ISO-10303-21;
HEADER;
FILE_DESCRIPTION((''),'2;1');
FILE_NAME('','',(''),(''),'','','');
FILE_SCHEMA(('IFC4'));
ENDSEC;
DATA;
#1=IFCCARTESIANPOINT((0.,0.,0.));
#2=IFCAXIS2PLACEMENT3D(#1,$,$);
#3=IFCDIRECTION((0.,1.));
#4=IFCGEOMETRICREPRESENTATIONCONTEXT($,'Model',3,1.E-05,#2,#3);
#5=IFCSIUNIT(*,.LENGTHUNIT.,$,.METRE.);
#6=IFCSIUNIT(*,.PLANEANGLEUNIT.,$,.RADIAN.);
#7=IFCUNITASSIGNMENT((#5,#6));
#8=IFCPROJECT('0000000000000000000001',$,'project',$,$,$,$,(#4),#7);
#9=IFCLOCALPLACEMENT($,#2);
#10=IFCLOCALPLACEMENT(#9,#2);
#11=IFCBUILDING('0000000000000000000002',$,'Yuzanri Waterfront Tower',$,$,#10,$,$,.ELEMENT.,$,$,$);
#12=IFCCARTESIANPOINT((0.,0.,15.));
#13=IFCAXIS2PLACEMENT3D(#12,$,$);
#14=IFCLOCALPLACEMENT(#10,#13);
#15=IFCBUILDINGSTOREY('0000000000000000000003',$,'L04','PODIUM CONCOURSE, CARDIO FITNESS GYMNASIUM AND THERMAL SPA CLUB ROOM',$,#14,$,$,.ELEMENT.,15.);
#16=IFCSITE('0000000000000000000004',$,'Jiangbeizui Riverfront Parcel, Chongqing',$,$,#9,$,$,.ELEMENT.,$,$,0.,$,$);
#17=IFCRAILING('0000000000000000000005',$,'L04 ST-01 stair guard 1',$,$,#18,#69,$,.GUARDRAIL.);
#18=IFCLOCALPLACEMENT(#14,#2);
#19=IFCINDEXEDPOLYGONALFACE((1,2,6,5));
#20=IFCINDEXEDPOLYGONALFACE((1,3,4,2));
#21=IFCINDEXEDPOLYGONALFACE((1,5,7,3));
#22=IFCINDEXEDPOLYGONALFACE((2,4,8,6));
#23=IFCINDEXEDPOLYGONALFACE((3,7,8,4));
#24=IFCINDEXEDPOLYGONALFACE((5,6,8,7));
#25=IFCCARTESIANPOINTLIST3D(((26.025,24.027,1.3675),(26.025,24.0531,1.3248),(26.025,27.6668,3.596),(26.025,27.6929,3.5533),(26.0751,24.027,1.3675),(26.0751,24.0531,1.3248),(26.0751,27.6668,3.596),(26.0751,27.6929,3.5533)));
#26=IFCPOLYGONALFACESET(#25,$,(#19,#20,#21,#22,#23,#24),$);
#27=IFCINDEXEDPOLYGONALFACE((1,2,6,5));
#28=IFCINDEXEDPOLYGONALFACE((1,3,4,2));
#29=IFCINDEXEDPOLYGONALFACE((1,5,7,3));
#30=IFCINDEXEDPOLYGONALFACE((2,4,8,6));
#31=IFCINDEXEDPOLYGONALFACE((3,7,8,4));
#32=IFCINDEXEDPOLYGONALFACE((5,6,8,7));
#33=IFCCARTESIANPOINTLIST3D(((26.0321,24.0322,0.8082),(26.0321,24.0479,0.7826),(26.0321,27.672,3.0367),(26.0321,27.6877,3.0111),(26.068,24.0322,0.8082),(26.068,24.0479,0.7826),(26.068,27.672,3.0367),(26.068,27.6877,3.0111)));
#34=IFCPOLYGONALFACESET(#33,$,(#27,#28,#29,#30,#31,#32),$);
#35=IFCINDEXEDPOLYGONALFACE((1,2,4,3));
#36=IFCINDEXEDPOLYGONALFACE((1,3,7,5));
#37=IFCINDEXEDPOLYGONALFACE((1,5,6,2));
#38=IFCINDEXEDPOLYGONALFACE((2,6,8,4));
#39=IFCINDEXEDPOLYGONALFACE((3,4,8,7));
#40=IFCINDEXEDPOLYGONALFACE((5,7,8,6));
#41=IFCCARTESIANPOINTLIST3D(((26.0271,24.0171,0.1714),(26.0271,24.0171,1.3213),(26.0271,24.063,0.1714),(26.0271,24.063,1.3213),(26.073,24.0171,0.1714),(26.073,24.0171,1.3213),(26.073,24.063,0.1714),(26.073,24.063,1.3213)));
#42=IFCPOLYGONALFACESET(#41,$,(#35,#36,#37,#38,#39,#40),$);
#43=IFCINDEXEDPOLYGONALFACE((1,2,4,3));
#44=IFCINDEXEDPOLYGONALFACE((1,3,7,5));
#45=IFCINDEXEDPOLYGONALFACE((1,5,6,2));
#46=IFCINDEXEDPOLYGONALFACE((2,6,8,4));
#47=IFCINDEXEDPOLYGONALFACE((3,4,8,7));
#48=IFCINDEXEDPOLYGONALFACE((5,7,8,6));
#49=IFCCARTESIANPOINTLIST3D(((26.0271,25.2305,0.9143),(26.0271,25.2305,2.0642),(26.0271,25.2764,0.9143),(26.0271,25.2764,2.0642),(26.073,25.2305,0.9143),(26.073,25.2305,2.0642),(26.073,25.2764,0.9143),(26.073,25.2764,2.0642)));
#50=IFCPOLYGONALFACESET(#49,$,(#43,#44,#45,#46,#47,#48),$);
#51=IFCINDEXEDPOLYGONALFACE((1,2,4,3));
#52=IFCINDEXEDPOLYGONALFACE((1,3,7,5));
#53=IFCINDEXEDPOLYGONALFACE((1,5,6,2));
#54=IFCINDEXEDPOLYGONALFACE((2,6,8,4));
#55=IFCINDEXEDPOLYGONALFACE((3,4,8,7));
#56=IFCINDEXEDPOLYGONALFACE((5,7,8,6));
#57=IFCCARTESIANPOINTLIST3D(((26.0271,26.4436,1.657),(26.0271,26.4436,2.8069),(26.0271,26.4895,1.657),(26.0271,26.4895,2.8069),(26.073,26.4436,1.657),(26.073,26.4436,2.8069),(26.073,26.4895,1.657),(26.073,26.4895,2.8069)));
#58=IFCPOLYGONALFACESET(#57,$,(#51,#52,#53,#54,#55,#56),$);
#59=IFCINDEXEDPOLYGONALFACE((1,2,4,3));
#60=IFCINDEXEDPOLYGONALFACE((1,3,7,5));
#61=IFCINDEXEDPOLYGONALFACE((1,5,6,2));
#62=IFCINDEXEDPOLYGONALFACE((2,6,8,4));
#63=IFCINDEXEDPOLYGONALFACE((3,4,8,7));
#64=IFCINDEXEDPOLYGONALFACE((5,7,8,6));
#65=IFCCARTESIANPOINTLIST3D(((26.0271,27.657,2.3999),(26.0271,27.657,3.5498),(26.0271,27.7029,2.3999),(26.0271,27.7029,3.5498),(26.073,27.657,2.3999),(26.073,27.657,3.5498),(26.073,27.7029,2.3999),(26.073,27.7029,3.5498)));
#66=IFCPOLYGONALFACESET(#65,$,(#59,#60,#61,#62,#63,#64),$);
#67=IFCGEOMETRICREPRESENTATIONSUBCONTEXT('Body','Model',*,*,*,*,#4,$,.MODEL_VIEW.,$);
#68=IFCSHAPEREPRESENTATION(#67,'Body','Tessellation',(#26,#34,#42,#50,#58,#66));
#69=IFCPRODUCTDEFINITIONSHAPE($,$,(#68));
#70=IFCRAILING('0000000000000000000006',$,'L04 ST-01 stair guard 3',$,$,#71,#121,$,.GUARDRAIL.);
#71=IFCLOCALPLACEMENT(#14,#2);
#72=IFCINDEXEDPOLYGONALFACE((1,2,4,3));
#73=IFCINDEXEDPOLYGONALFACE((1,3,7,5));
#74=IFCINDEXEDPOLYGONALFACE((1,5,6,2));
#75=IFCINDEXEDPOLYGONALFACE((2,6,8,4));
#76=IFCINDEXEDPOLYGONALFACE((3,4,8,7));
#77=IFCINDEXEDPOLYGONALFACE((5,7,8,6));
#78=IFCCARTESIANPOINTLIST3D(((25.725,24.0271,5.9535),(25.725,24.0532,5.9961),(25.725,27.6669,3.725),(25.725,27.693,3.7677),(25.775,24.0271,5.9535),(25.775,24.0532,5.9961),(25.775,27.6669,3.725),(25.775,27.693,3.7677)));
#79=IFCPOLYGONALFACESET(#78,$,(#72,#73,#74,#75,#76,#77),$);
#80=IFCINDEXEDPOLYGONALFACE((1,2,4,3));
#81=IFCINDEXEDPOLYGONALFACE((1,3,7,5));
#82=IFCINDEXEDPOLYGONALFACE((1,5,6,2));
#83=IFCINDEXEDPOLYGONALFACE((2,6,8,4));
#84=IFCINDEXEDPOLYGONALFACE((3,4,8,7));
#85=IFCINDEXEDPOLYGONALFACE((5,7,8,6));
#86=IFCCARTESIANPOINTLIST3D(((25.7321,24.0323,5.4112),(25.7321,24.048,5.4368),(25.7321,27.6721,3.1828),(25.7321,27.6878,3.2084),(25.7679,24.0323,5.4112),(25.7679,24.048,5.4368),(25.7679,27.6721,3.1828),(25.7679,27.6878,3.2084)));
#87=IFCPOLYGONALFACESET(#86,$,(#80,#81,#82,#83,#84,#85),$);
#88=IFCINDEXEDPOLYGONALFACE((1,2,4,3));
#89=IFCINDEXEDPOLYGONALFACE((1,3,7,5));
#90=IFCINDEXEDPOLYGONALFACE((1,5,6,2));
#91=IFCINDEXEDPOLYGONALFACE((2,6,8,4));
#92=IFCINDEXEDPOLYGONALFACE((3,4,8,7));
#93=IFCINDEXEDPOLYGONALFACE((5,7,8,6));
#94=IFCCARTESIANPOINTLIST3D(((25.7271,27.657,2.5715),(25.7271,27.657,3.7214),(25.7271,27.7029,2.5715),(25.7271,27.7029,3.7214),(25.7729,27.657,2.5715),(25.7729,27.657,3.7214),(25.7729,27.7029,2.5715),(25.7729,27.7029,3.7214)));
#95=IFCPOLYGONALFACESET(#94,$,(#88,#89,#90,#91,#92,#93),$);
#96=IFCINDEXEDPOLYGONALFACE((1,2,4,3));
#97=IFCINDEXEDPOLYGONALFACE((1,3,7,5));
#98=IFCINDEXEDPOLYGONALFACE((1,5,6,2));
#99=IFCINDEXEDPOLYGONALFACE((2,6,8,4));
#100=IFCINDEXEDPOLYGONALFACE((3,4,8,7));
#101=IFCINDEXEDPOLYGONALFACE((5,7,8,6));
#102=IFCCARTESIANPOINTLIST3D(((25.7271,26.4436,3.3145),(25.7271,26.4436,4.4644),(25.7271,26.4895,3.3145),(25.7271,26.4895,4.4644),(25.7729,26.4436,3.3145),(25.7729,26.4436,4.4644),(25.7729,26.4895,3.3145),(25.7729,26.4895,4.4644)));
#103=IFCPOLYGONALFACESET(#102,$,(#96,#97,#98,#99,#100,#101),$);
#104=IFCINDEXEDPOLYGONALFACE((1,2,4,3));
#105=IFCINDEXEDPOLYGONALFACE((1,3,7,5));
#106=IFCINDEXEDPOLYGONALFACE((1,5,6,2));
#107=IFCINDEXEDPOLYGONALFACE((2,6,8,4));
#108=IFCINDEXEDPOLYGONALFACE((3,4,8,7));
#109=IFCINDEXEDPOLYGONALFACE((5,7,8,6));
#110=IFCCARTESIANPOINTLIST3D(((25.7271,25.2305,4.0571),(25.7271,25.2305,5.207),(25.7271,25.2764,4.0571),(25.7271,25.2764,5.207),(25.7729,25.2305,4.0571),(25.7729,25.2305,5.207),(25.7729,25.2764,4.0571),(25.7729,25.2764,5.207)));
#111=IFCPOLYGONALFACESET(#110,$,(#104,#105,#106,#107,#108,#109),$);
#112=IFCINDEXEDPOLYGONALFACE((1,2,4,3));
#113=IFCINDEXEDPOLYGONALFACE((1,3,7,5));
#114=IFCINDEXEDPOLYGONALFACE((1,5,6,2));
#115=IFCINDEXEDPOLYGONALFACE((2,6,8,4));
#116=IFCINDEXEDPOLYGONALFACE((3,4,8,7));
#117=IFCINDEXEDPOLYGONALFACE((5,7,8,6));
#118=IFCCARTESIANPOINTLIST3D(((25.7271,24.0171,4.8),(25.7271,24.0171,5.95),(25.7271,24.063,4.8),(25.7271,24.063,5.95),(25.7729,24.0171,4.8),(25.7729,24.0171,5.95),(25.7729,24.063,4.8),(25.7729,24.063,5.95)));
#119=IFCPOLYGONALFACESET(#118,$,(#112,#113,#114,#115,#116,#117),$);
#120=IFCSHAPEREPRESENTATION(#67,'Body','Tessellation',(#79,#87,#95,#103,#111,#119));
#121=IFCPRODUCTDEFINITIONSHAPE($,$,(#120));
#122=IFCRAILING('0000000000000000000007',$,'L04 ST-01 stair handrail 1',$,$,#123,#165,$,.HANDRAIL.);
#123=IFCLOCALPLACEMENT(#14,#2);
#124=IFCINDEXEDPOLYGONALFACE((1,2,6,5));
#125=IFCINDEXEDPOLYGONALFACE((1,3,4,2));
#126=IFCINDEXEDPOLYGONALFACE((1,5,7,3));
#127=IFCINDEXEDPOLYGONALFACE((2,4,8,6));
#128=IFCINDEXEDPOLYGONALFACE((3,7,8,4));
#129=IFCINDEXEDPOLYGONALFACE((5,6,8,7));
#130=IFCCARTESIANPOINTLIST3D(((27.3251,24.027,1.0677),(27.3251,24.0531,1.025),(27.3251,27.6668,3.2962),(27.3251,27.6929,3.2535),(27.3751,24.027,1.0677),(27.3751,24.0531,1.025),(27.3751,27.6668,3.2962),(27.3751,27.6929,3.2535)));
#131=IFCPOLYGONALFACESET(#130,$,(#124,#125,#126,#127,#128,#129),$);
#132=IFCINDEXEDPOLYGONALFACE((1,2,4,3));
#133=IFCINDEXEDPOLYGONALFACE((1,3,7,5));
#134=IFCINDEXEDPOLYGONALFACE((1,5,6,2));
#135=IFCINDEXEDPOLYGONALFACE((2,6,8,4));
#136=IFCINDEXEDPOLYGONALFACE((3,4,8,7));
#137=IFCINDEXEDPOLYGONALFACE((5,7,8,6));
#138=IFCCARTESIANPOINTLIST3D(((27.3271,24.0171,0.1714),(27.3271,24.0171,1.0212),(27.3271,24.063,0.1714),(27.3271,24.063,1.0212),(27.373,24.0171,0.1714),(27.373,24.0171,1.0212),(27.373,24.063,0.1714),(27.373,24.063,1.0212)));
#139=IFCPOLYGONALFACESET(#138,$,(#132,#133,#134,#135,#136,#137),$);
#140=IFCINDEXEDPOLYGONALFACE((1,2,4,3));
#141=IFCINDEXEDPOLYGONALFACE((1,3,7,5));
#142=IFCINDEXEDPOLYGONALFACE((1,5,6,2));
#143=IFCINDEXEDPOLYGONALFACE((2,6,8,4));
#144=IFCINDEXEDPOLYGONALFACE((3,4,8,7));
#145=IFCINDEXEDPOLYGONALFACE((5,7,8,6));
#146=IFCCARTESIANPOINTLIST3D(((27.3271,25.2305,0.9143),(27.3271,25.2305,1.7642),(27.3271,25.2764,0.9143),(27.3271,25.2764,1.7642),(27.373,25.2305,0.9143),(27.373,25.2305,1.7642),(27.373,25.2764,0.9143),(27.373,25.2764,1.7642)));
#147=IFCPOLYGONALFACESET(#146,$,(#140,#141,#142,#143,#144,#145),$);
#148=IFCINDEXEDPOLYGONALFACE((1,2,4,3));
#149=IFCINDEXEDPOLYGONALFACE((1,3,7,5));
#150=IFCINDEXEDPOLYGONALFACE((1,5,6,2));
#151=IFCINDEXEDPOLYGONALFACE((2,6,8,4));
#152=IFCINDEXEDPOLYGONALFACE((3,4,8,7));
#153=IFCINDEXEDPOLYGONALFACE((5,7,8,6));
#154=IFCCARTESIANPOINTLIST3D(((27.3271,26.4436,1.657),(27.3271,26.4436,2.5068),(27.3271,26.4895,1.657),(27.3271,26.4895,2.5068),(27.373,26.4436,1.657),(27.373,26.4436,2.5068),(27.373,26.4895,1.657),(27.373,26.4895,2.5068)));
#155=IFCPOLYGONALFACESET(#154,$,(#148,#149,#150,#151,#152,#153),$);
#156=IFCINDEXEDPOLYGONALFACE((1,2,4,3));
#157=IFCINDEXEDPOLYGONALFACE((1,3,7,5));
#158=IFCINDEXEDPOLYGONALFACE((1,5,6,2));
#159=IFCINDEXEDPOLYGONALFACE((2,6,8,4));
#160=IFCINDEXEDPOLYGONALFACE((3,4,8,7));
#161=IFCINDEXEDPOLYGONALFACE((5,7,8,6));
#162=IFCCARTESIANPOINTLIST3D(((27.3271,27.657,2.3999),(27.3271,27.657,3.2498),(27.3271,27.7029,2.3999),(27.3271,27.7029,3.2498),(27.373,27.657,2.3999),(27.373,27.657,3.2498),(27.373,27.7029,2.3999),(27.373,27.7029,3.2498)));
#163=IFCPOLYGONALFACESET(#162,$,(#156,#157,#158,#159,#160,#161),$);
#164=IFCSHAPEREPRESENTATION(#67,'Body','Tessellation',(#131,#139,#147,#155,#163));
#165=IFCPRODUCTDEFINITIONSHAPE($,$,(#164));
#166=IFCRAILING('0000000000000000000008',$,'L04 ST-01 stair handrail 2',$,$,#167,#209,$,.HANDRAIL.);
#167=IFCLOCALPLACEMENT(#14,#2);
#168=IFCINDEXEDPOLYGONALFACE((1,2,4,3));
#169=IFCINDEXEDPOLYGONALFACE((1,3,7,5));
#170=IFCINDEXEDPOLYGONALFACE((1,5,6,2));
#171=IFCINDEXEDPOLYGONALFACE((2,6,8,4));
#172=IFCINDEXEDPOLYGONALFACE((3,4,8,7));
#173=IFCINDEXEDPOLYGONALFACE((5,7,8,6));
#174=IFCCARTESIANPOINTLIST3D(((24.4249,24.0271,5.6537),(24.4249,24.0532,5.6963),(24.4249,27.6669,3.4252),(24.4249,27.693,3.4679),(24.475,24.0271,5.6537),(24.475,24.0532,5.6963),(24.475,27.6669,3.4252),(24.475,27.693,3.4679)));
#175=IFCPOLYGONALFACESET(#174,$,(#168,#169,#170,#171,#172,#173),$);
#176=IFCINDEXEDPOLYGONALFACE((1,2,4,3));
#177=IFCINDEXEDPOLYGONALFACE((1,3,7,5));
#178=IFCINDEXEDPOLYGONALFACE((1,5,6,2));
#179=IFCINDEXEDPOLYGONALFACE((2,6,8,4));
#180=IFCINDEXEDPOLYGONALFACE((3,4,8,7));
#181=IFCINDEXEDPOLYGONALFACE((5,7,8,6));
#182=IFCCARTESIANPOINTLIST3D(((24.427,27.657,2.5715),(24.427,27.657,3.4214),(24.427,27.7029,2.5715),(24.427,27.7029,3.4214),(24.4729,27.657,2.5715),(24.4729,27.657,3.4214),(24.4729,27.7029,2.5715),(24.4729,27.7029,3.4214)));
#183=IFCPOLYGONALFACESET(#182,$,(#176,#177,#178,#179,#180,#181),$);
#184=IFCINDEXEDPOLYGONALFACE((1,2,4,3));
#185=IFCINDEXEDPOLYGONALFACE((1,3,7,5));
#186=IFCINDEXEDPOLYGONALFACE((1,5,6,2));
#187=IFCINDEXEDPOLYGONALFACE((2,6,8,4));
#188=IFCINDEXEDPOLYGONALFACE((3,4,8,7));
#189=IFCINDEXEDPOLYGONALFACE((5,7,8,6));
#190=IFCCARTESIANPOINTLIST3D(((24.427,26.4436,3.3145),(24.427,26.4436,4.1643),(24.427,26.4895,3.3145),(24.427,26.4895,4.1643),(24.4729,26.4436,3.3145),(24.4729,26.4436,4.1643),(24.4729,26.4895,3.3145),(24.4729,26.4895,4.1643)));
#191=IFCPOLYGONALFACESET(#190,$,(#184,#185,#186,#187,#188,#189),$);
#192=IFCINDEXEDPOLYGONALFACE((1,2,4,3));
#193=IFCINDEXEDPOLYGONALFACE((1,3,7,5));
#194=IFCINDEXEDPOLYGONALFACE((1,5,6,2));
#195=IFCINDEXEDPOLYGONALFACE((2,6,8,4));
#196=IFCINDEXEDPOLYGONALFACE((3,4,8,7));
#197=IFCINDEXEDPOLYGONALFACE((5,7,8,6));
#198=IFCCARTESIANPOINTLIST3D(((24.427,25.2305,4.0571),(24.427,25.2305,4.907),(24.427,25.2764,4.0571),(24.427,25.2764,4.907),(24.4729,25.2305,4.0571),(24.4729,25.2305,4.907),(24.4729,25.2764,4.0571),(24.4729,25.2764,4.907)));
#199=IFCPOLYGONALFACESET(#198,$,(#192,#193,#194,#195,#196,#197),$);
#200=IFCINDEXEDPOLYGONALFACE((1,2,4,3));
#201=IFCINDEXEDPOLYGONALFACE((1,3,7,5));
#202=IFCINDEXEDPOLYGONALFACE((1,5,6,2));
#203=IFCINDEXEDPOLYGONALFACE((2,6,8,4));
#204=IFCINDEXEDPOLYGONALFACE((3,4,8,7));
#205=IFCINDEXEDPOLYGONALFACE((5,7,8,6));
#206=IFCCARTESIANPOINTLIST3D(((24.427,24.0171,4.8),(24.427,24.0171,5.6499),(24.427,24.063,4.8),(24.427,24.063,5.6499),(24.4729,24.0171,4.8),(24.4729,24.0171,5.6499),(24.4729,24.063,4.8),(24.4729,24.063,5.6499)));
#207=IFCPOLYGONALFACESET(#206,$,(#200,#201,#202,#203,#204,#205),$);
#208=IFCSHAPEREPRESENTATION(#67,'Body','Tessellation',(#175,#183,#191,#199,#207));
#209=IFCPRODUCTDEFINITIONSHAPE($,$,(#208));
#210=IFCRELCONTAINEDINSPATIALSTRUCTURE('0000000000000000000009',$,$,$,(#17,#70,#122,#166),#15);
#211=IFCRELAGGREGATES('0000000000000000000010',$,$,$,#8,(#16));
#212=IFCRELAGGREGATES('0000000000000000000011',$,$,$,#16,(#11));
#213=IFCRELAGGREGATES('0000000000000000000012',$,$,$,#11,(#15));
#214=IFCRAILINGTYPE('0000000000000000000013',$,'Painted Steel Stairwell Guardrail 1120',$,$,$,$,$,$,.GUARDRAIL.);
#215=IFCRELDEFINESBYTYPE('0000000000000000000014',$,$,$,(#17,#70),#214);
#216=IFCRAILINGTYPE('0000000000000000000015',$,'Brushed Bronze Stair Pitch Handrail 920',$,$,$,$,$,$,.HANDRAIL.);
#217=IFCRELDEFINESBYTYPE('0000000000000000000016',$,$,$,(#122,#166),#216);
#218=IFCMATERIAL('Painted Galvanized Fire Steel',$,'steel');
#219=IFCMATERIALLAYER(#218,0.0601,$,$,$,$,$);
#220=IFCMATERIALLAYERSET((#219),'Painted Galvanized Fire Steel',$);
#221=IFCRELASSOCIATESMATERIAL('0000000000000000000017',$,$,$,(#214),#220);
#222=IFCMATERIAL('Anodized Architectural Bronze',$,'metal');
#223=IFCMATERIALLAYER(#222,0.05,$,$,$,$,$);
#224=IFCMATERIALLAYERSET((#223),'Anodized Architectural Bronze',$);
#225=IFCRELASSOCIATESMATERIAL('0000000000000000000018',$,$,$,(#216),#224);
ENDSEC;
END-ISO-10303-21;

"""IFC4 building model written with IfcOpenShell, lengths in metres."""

from ifc_helpers import new_model, si_unit, direction, frame, origin, origin_2d, place, context, subcontext, project, spatial, rectangle, extrude, source, transform, mapped, material, layer, layer_set, type_object, element, save


model = new_model("IFC4")

# Units and contexts
model_context = context("Model", 3, precision=1e-05, world=origin(), true_north=direction((0.0, 1.0)))
body_context = subcontext(model_context, "Body", "Model", "MODEL_VIEW")
ifc_project = project(units=[si_unit("LENGTHUNIT", "METRE"), si_unit("PLANEANGLEUNIT", "RADIAN")], contexts=[model_context])

# Site, building, storey
site_placement = place(None, origin())
site = spatial("IfcSite", under=ifc_project, at=site_placement, Name="Jiangbeizui Riverfront Parcel, Chongqing", CompositionType="ELEMENT", RefElevation=0.0)
building_placement = place(site_placement, origin())
building = spatial("IfcBuilding", under=site, at=building_placement, Name="Yuzanri Waterfront Tower", CompositionType="ELEMENT")
storey_placement = place(building_placement, frame((0.0, 0.0, 15.0)))
storey = spatial("IfcBuildingStorey", under=building, at=storey_placement, Name="L04", Description="PODIUM CONCOURSE, CARDIO FITNESS GYMNASIUM AND THERMAL SPA CLUB ROOM", CompositionType="ELEMENT", Elevation=15.0)

# Railings
ifc_material_1 = material(Name="Painted Galvanized Fire Steel", Category="steel")
ifc_layer_1 = layer(ifc_material_1, 0.0601)
ifc_layer_set_1 = layer_set([ifc_layer_1], Name="Painted Galvanized Fire Steel")
railing_type_1 = type_object("IfcRailingType", Name="Painted Steel Stairwell Guardrail 1120", PredefinedType="GUARDRAIL", material=ifc_layer_set_1)
shared_shape_1 = source(origin(), body_context, "Body", "SweptSolid", [
    extrude(rectangle(XDim=0.05, YDim=0.05, at=origin_2d()), frame((0.0, 0.0, 1.1748), z_axis=(0.0, 0.85285, 0.522156), x_axis=(-1.0, 0.0, 0.0)), (0.0, 0.0, 1.0), 4.2678),
    extrude(rectangle(XDim=0.0359, YDim=0.03, at=origin_2d()), frame((0.0, 0.0, 0.624), z_axis=(0.0, 0.85285, 0.522156), x_axis=(-1.0, 0.0, 0.0)), (0.0, 0.0, 1.0), 4.2678),
    extrude(rectangle(XDim=0.0459, YDim=0.0459, at=origin_2d()), origin(), (0.0, 0.0, 1.0), 1.1499),
    extrude(rectangle(XDim=0.0459, YDim=0.0459, at=origin_2d()), frame((0.0, 1.2134, 0.7429)), (0.0, 0.0, 1.0), 1.1499),
    extrude(rectangle(XDim=0.0459, YDim=0.0459, at=origin_2d()), frame((0.0, 2.4265, 1.4856)), (0.0, 0.0, 1.0), 1.1499),
    extrude(rectangle(XDim=0.0459, YDim=0.0459, at=origin_2d()), frame((0.0, 3.6399, 2.2285)), (0.0, 0.0, 1.0), 1.1499),
])
railing_1_placement = place(storey_placement, frame((26.05, 24.04, 0.1714)))
element("IfcRailing", 1, at=railing_1_placement, inside=storey, type_object=railing_type_1, Name="L04 ST-01 stair guard 1", PredefinedType="GUARDRAIL", context=body_context, shape_type="MappedRepresentation", body=[
    mapped(shared_shape_1, transform((0.0, 0.0, 0.0), scale=1.0)),
])
shared_shape_2 = source(origin(), body_context, "Body", "SweptSolid", [
    extrude(rectangle(XDim=0.05, YDim=0.05, at=origin_2d()), frame((0.0, 0.0, 1.1748), z_axis=(0.0, -0.85285, 0.522156), x_axis=(1.0, 0.0, 0.0)), (0.0, 0.0, 1.0), 4.2678),
    extrude(rectangle(XDim=0.0359, YDim=0.03, at=origin_2d()), frame((0.0, 0.0, 0.624), z_axis=(0.0, -0.85285, 0.522156), x_axis=(1.0, 0.0, 0.0)), (0.0, 0.0, 1.0), 4.2678),
    extrude(rectangle(XDim=0.0459, YDim=0.0459, at=origin_2d()), origin(), (0.0, 0.0, 1.0), 1.1499),
    extrude(rectangle(XDim=0.0459, YDim=0.0459, at=origin_2d()), frame((0.0, -1.2134, 0.7429)), (0.0, 0.0, 1.0), 1.1499),
    extrude(rectangle(XDim=0.0459, YDim=0.0459, at=origin_2d()), frame((0.0, -2.4265, 1.4856)), (0.0, 0.0, 1.0), 1.1499),
    extrude(rectangle(XDim=0.0459, YDim=0.0459, at=origin_2d()), frame((0.0, -3.6399, 2.2285)), (0.0, 0.0, 1.0), 1.1499),
])
railing_2_placement = place(storey_placement, frame((25.75, 27.6799, 2.5715)))
element("IfcRailing", 2, at=railing_2_placement, inside=storey, type_object=railing_type_1, Name="L04 ST-01 stair guard 3", PredefinedType="GUARDRAIL", context=body_context, shape_type="MappedRepresentation", body=[
    mapped(shared_shape_2, transform((0.0, 0.0, 0.0), scale=1.0)),
])
ifc_material_2 = material(Name="Anodized Architectural Bronze", Category="metal")
ifc_layer_2 = layer(ifc_material_2, 0.05)
ifc_layer_set_2 = layer_set([ifc_layer_2], Name="Anodized Architectural Bronze")
railing_type_2 = type_object("IfcRailingType", Name="Brushed Bronze Stair Pitch Handrail 920", PredefinedType="HANDRAIL", material=ifc_layer_set_2)
shared_shape_3 = source(origin(), body_context, "Body", "SweptSolid", [
    extrude(rectangle(XDim=0.05, YDim=0.05, at=origin_2d()), frame((0.0, 0.0, 0.875), z_axis=(0.0, 0.85285, 0.522156), x_axis=(-1.0, 0.0, 0.0)), (0.0, 0.0, 1.0), 4.2678),
    extrude(rectangle(XDim=0.0459, YDim=0.0459, at=origin_2d()), origin(), (0.0, 0.0, 1.0), 0.8499),
    extrude(rectangle(XDim=0.0459, YDim=0.0459, at=origin_2d()), frame((0.0, 1.2134, 0.7429)), (0.0, 0.0, 1.0), 0.8499),
    extrude(rectangle(XDim=0.0459, YDim=0.0459, at=origin_2d()), frame((0.0, 2.4265, 1.4856)), (0.0, 0.0, 1.0), 0.8499),
    extrude(rectangle(XDim=0.0459, YDim=0.0459, at=origin_2d()), frame((0.0, 3.6399, 2.2285)), (0.0, 0.0, 1.0), 0.8499),
])
railing_3_placement = place(storey_placement, frame((27.3501, 24.04, 0.1714)))
element("IfcRailing", 3, at=railing_3_placement, inside=storey, type_object=railing_type_2, Name="L04 ST-01 stair handrail 1", PredefinedType="HANDRAIL", context=body_context, shape_type="MappedRepresentation", body=[
    mapped(shared_shape_3, transform((0.0, 0.0, 0.0), scale=1.0)),
])
shared_shape_4 = source(origin(), body_context, "Body", "SweptSolid", [
    extrude(rectangle(XDim=0.05, YDim=0.05, at=origin_2d()), frame((0.0, 0.0, 0.875), z_axis=(0.0, -0.85285, 0.522156), x_axis=(1.0, 0.0, 0.0)), (0.0, 0.0, 1.0), 4.2678),
    extrude(rectangle(XDim=0.0459, YDim=0.0459, at=origin_2d()), origin(), (0.0, 0.0, 1.0), 0.8499),
    extrude(rectangle(XDim=0.0459, YDim=0.0459, at=origin_2d()), frame((0.0, -1.2134, 0.7429)), (0.0, 0.0, 1.0), 0.8499),
    extrude(rectangle(XDim=0.0459, YDim=0.0459, at=origin_2d()), frame((0.0, -2.4265, 1.4856)), (0.0, 0.0, 1.0), 0.8499),
    extrude(rectangle(XDim=0.0459, YDim=0.0459, at=origin_2d()), frame((0.0, -3.6399, 2.2285)), (0.0, 0.0, 1.0), 0.8499),
])
railing_4_placement = place(storey_placement, frame((24.45, 27.6799, 2.5715)))
element("IfcRailing", 4, at=railing_4_placement, inside=storey, type_object=railing_type_2, Name="L04 ST-01 stair handrail 2", PredefinedType="HANDRAIL", context=body_context, shape_type="MappedRepresentation", body=[
    mapped(shared_shape_4, transform((0.0, 0.0, 0.0), scale=1.0)),
])

save(model, "model.ifc")
